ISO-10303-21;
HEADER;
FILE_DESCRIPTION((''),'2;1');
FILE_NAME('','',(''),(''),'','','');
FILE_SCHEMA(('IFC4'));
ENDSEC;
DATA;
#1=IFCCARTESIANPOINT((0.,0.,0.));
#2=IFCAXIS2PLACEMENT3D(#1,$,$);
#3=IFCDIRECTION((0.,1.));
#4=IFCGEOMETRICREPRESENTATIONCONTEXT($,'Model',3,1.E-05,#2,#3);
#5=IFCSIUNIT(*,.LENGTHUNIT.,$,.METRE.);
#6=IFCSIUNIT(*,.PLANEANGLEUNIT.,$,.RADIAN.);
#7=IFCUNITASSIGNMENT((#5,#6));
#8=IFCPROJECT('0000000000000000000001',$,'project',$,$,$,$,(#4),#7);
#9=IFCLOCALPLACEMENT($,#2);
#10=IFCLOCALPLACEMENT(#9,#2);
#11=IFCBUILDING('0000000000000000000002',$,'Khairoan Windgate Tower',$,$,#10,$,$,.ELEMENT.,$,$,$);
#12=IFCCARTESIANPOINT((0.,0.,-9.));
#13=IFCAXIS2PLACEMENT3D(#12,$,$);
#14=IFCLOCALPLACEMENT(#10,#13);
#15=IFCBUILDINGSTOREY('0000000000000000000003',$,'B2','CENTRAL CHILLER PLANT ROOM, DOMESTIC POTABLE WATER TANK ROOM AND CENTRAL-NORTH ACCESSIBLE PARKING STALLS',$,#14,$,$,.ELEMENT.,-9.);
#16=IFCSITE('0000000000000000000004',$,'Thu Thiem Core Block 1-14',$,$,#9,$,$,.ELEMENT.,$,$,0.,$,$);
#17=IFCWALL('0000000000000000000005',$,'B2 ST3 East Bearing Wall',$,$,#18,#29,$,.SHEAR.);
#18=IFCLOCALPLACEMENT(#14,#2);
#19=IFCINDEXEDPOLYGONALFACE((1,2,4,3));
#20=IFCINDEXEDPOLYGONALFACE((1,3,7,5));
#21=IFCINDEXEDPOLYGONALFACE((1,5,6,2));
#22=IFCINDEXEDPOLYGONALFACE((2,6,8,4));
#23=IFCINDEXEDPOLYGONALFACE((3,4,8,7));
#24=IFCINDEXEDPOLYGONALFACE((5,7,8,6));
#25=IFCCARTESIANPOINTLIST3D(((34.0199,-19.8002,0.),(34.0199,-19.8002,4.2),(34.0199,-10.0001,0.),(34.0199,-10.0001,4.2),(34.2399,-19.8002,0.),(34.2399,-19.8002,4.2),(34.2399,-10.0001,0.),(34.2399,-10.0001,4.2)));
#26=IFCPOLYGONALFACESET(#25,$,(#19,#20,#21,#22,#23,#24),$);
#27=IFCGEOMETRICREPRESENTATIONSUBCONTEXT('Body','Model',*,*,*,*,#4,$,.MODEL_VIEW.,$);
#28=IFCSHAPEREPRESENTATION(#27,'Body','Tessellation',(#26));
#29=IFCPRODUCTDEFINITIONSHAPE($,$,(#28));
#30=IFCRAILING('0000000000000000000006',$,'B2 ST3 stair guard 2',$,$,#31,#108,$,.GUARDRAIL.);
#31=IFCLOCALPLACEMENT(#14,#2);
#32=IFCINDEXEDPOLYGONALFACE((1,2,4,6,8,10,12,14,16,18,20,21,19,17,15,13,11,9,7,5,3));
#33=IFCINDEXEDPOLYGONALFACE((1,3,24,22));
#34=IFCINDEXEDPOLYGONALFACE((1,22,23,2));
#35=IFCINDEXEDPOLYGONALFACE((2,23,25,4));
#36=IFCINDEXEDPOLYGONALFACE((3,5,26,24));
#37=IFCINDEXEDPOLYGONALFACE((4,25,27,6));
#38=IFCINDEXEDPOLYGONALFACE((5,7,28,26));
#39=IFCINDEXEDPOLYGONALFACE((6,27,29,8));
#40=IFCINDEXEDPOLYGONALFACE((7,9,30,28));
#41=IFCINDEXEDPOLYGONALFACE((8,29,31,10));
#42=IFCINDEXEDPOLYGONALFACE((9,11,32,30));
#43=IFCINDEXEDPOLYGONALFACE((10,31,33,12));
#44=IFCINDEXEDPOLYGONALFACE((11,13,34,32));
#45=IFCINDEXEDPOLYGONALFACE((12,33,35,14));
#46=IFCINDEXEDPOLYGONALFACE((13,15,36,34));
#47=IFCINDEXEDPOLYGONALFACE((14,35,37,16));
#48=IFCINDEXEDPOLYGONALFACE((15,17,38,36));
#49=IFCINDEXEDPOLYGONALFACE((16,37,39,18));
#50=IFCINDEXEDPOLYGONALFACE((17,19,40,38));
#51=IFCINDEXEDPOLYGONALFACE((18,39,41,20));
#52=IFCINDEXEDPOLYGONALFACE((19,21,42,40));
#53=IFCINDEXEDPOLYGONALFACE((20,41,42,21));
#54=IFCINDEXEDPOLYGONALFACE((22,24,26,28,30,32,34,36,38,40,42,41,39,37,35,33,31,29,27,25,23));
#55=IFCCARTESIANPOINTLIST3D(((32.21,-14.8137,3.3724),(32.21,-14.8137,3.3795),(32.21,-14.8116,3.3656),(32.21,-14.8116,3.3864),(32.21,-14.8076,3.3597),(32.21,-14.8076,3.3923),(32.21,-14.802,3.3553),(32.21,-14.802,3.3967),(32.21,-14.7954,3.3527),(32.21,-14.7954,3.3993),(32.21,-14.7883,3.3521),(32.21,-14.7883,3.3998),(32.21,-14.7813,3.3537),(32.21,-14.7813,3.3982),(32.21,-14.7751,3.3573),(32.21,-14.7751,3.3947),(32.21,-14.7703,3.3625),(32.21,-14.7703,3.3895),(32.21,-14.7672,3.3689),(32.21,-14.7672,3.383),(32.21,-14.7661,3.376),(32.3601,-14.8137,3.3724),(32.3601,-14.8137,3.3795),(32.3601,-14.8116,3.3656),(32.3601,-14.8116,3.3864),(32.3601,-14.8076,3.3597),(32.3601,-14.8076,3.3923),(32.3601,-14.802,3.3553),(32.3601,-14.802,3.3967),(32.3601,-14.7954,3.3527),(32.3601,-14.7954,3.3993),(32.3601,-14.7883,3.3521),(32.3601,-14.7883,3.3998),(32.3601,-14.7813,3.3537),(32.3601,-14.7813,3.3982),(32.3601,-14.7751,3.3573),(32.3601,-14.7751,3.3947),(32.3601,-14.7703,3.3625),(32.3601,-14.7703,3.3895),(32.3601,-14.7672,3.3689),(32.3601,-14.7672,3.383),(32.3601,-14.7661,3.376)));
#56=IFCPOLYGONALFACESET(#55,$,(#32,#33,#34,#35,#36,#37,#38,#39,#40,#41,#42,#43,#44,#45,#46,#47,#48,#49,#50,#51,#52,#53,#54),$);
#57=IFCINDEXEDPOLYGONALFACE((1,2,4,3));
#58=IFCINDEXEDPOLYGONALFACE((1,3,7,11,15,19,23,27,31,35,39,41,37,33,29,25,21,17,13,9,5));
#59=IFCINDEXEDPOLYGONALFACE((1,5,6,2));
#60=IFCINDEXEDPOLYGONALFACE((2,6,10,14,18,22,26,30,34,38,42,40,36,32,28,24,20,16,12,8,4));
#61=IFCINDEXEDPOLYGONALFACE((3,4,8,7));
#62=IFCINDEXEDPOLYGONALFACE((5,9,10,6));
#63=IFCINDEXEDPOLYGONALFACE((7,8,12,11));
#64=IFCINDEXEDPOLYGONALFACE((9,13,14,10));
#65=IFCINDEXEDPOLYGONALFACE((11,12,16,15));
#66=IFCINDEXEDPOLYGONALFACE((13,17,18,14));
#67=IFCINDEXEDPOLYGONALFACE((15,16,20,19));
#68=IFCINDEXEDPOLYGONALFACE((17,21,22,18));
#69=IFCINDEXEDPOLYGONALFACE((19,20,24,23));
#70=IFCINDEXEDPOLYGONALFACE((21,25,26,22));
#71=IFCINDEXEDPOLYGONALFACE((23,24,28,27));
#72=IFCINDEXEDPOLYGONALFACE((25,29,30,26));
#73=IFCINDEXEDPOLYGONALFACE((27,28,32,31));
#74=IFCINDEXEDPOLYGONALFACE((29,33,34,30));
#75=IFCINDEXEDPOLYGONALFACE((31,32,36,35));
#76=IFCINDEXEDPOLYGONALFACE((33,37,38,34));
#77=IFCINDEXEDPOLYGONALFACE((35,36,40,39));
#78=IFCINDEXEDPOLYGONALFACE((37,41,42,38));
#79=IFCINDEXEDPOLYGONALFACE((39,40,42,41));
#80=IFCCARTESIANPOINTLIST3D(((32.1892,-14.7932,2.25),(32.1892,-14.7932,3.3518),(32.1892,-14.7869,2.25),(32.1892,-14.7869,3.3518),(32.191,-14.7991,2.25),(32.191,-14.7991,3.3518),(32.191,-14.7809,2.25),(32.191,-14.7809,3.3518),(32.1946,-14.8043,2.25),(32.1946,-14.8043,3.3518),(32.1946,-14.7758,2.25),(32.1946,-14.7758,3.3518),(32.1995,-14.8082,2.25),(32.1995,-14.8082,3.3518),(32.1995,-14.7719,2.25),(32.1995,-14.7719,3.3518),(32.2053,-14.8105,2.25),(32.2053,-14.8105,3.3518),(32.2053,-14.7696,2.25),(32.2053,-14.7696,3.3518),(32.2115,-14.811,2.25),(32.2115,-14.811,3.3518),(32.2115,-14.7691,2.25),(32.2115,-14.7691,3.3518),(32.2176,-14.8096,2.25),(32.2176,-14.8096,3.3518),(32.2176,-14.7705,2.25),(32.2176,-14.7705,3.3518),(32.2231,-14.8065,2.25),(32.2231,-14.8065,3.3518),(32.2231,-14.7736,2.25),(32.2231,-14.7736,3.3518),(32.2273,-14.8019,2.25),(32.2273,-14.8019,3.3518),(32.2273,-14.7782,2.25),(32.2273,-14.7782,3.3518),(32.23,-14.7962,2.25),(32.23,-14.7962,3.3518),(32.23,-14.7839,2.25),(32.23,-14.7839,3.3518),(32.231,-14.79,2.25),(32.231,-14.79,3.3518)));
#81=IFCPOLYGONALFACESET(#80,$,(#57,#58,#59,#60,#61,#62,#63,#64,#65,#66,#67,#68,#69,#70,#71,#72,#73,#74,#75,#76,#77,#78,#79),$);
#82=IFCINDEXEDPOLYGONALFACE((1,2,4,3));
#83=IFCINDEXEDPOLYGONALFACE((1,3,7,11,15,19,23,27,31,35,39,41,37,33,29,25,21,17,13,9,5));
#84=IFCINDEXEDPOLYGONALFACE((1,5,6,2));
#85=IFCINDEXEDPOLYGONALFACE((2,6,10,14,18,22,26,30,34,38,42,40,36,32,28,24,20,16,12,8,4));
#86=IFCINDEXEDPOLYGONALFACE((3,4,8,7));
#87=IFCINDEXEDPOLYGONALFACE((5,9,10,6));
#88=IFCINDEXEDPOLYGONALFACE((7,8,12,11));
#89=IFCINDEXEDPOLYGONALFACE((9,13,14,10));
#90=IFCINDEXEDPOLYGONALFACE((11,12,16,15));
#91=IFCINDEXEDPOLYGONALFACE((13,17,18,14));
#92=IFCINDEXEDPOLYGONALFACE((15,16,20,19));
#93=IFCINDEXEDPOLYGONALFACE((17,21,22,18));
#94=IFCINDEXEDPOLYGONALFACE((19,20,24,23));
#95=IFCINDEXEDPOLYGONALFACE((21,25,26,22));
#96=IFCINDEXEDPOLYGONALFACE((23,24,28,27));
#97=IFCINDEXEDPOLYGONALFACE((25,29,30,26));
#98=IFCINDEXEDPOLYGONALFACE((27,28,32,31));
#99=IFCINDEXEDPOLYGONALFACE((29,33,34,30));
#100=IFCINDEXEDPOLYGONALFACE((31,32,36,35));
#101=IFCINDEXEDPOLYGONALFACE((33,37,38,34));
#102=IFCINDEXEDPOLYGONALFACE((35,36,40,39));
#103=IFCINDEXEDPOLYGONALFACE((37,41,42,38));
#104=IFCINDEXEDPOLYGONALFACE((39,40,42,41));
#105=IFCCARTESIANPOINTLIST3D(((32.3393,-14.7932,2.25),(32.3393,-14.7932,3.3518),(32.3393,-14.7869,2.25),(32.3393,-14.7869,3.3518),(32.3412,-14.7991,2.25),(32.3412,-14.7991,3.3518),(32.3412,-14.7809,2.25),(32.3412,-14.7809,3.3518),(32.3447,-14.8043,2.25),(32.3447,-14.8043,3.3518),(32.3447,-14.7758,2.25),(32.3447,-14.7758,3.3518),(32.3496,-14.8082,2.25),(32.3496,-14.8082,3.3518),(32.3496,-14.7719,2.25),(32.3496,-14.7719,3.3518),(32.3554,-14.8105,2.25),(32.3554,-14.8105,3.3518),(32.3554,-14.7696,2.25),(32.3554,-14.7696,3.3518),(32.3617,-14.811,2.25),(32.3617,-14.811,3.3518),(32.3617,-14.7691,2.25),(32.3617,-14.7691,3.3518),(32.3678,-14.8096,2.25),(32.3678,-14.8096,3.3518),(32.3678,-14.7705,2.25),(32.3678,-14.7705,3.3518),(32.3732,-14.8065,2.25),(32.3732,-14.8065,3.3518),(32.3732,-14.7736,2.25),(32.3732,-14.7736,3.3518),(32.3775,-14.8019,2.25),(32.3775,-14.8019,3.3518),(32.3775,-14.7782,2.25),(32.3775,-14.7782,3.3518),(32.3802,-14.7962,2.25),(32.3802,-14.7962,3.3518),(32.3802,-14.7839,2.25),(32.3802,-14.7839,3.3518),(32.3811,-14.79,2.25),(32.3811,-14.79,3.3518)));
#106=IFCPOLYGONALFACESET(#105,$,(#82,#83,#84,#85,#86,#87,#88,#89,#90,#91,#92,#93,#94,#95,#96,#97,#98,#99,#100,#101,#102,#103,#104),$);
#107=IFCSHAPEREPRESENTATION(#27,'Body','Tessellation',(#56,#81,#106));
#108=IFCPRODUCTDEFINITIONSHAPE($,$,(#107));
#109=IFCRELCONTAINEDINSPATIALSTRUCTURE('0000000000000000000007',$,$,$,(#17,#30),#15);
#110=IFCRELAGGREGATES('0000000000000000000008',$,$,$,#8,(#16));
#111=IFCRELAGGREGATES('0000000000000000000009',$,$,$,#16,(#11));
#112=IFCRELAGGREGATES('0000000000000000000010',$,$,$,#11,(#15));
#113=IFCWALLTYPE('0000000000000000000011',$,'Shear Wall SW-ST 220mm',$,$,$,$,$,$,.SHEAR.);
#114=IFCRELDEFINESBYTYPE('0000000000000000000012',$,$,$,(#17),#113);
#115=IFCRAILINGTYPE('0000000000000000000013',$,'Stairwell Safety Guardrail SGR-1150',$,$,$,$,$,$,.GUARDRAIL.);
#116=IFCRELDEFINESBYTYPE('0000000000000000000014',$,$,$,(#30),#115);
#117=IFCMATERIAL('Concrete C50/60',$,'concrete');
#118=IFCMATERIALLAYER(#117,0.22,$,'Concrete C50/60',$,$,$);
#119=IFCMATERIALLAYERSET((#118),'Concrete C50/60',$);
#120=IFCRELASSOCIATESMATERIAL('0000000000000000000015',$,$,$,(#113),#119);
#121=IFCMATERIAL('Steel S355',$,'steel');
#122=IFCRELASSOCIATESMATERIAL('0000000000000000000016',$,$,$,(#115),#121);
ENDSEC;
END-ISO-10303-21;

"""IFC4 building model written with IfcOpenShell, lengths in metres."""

from ifc_helpers import new_model, si_unit, direction, frame, frame_2d, origin, origin_2d, place, context, subcontext, project, spatial, rectangle, circle, extrude, material, layer, layer_set, type_object, element, save


model = new_model("IFC4")

# Units and contexts
model_context = context("Model", 3, precision=1e-05, world=origin(), true_north=direction((0.0, 1.0)))
body_context = subcontext(model_context, "Body", "Model", "MODEL_VIEW")
ifc_project = project(units=[si_unit("LENGTHUNIT", "METRE"), si_unit("PLANEANGLEUNIT", "RADIAN")], contexts=[model_context])

# Site, building, storey
site_placement = place(None, origin())
site = spatial("IfcSite", under=ifc_project, at=site_placement, Name="Thu Thiem Core Block 1-14", CompositionType="ELEMENT", RefElevation=0.0)
building_placement = place(site_placement, origin())
building = spatial("IfcBuilding", under=site, at=building_placement, Name="Khairoan Windgate Tower", CompositionType="ELEMENT")
storey_placement = place(building_placement, frame((0.0, 0.0, -9.0)))
storey = spatial("IfcBuildingStorey", under=building, at=storey_placement, Name="B2", Description="CENTRAL CHILLER PLANT ROOM, DOMESTIC POTABLE WATER TANK ROOM AND CENTRAL-NORTH ACCESSIBLE PARKING STALLS", CompositionType="ELEMENT", Elevation=-9.0)

# Wall
ifc_material_1 = material(Name="Concrete C50/60", Category="concrete")
ifc_layer_1 = layer(ifc_material_1, 0.22, Name="Concrete C50/60")
ifc_layer_set_1 = layer_set([ifc_layer_1], Name="Concrete C50/60")
wall_type_1 = type_object("IfcWallType", Name="Shear Wall SW-ST 220mm", PredefinedType="SHEAR", material=ifc_layer_set_1)
for number, where, z_axis, x_axis, name in (
    (1, (34.1299, -19.8, 0.0), (0.0, 0.0, 1.0), (0.0, 1.0, 0.0), "B2 ST3 East Bearing Wall"),
):
    element("IfcWall", number, at=place(storey_placement, frame(where, z_axis=z_axis, x_axis=x_axis)), inside=storey, type_object=wall_type_1, Name=name, PredefinedType="SHEAR", context=body_context, shape_type="SweptSolid", body=[
        extrude(rectangle(XDim=9.8, YDim=0.22, at=frame_2d((4.8999, 0.0))), origin(), (0.0, 0.0, 1.0), 4.2),
    ])

# Railing
ifc_material_2 = material(Name="Steel S355", Category="steel")
railing_type = type_object("IfcRailingType", Name="Stairwell Safety Guardrail SGR-1150", PredefinedType="GUARDRAIL", material=ifc_material_2)
railing_1_placement = place(storey_placement, frame((32.21, -14.79, 2.25)))
element("IfcRailing", 2, at=railing_1_placement, inside=storey, type_object=railing_type, Name="B2 ST3 stair guard 2", PredefinedType="GUARDRAIL", context=body_context, shape_type="SweptSolid", body=[
    extrude(circle(Radius=0.0239, at=origin_2d()), frame((0.0, 0.0, 1.126), z_axis=(1.0, 0.0, 0.0), x_axis=(0.0, 1.0, 0.0)), (0.0, 0.0, 1.0), 0.1501),
    extrude(circle(Radius=0.021, at=origin_2d()), origin(), (0.0, 0.0, 1.0), 1.1018),
    extrude(circle(Radius=0.021, at=origin_2d()), frame((0.1501, 0.0, 0.0)), (0.0, 0.0, 1.0), 1.1018),
])

save(model, "model.ifc")
